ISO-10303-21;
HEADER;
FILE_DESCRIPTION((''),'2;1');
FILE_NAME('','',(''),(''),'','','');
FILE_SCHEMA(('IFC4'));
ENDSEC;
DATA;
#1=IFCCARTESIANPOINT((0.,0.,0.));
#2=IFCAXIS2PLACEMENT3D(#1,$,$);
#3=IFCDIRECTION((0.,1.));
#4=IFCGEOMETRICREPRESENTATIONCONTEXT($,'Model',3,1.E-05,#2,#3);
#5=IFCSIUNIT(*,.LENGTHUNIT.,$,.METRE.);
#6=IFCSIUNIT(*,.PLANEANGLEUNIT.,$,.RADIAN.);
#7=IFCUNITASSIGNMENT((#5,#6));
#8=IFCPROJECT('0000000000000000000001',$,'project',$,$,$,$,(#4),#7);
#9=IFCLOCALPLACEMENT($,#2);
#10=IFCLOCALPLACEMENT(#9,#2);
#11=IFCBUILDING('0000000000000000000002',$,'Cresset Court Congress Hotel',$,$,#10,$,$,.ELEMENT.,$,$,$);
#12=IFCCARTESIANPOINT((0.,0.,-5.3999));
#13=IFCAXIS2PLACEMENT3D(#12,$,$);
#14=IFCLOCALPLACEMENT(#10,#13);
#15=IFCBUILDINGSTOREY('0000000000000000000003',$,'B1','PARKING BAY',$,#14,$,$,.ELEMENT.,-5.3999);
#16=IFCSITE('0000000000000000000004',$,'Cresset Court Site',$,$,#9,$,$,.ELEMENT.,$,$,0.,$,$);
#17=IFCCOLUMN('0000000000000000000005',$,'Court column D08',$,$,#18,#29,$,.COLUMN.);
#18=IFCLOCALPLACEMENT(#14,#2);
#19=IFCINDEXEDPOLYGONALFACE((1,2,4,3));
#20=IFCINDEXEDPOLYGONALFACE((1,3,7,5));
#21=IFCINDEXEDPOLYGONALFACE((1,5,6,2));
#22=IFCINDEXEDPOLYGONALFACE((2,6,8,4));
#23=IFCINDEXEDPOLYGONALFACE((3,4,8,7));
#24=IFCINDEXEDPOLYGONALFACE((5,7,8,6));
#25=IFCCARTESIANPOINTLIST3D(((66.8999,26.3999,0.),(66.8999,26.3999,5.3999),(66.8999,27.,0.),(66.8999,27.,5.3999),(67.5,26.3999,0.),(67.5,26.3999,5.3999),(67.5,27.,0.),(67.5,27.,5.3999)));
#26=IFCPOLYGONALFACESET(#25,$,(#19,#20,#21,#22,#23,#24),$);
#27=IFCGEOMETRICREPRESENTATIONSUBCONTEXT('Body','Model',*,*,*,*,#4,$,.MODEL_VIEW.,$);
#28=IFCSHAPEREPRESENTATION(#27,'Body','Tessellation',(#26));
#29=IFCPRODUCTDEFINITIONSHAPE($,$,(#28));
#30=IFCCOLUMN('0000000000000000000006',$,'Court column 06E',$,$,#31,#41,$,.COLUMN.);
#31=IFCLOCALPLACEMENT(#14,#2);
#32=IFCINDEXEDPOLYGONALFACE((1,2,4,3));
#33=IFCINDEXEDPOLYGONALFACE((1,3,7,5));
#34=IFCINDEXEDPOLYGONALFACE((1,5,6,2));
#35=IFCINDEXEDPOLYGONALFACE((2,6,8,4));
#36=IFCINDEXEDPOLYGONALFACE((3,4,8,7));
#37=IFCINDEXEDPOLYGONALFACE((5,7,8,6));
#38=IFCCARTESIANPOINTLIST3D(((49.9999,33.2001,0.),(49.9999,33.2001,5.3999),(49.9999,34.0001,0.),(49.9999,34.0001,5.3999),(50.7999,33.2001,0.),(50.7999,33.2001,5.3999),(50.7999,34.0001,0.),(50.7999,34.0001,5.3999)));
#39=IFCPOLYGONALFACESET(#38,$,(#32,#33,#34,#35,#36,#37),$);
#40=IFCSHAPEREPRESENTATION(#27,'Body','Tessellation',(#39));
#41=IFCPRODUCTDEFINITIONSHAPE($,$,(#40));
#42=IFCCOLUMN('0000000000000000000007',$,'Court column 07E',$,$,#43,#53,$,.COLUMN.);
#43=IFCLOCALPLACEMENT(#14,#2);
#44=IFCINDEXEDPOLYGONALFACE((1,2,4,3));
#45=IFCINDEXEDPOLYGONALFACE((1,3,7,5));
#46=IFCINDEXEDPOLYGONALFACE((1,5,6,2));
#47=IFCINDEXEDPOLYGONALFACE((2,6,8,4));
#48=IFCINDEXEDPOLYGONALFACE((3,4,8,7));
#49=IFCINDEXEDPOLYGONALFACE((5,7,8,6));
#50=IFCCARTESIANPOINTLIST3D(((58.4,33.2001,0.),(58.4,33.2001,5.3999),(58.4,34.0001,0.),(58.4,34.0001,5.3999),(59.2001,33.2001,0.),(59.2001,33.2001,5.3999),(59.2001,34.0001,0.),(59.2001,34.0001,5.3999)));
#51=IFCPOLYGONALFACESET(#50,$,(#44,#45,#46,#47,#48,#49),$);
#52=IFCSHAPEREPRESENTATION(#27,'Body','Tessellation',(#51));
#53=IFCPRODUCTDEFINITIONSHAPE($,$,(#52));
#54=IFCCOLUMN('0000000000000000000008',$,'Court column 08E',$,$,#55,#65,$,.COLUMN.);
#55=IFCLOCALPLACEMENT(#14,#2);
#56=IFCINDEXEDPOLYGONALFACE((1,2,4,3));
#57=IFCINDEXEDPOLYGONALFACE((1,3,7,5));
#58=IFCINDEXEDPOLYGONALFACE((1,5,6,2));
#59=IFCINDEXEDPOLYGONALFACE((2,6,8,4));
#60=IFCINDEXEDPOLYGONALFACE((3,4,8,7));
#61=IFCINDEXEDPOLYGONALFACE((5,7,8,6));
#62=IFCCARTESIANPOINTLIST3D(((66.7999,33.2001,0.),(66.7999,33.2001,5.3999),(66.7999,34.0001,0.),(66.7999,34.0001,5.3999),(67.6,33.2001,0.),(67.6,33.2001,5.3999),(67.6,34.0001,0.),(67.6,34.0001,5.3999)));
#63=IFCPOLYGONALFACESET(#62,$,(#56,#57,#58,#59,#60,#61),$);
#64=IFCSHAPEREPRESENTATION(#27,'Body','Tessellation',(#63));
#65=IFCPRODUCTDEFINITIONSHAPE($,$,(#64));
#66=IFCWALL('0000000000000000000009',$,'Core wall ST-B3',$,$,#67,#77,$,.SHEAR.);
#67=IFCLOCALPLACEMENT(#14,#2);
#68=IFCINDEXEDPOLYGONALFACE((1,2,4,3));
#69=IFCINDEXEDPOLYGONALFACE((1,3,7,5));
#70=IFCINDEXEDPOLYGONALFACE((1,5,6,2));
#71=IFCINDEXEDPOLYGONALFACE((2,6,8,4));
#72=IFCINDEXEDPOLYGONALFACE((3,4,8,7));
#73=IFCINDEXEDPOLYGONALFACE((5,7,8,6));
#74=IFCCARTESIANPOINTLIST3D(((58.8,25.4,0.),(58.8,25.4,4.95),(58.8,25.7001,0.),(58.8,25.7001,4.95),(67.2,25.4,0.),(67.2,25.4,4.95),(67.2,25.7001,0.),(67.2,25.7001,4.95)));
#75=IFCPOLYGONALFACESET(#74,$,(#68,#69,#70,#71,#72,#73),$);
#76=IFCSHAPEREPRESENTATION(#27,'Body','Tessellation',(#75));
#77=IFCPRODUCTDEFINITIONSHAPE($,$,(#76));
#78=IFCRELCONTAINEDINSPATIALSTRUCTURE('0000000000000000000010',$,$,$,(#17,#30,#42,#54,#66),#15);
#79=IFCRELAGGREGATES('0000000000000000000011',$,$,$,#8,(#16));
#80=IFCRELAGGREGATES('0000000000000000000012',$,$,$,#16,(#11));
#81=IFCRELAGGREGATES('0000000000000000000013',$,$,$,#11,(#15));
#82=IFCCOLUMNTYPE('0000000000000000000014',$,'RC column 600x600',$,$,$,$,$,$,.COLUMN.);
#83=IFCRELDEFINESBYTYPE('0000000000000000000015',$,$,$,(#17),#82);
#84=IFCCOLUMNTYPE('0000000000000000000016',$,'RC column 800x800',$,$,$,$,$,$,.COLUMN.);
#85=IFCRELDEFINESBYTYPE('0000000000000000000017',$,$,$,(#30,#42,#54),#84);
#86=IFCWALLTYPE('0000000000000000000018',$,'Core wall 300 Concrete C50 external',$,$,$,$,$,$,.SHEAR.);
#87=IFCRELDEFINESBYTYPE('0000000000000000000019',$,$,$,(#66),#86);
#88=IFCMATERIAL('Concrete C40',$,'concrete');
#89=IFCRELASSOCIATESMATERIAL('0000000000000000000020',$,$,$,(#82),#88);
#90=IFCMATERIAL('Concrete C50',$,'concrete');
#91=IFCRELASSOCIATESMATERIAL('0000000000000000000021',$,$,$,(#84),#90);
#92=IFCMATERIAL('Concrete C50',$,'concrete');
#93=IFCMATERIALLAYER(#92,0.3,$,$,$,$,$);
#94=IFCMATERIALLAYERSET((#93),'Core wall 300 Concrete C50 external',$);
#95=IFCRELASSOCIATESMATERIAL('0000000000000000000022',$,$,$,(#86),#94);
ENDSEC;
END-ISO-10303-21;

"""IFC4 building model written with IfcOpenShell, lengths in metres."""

from ifc_helpers import new_model, si_unit, direction, frame, frame_2d, origin, origin_2d, place, context, subcontext, project, spatial, rectangle, extrude, material, layer, layer_set, material_profile, profile_set, type_object, element, save


model = new_model("IFC4")

# Units and contexts
model_context = context("Model", 3, precision=1e-05, world=origin(), true_north=direction((0.0, 1.0)))
body_context = subcontext(model_context, "Body", "Model", "MODEL_VIEW")
ifc_project = project(units=[si_unit("LENGTHUNIT", "METRE"), si_unit("PLANEANGLEUNIT", "RADIAN")], contexts=[model_context])

# Site, building, storey
site_placement = place(None, origin())
site = spatial("IfcSite", under=ifc_project, at=site_placement, Name="Cresset Court Site", CompositionType="ELEMENT", RefElevation=0.0)
building_placement = place(site_placement, origin())
building = spatial("IfcBuilding", under=site, at=building_placement, Name="Cresset Court Congress Hotel", CompositionType="ELEMENT")
storey_placement = place(building_placement, frame((0.0, 0.0, -5.3999)))
storey = spatial("IfcBuildingStorey", under=building, at=storey_placement, Name="B1", Description="PARKING BAY", CompositionType="ELEMENT", Elevation=-5.3999)

# Columns
ifc_material_1 = material(Name="Concrete C40", Category="concrete")
ifc_material_profile_1 = material_profile(ifc_material_1, rectangle(XDim=0.6001, YDim=0.6001, at=origin_2d()), Name="RC600x600")
ifc_profile_set_1 = profile_set([ifc_material_profile_1], Name="Concrete C40")
column_type_1 = type_object("IfcColumnType", Name="RC column 600x600", PredefinedType="COLUMN", material=ifc_profile_set_1)
for number, where, z_axis, x_axis, name in (
    (1, (67.2, 26.7, 0.0), (0.0, 0.0, 1.0), (1.0, 0.0, 0.0), "Court column D08"),
):
    element("IfcColumn", number, at=place(storey_placement, frame(where, z_axis=z_axis, x_axis=x_axis)), inside=storey, type_object=column_type_1, Name=name, PredefinedType="COLUMN", context=body_context, shape_type="SweptSolid", body=[
        extrude(rectangle(XDim=0.6001, YDim=0.6001, at=origin_2d()), origin(), (0.0, 0.0, 1.0), 5.3999),
    ])
ifc_material_2 = material(Name="Concrete C50", Category="concrete")
ifc_material_profile_2 = material_profile(ifc_material_2, rectangle(XDim=0.8, YDim=0.8, at=origin_2d()), Name="RC800x800")
ifc_profile_set_2 = profile_set([ifc_material_profile_2], Name="Concrete C50")
column_type_2 = type_object("IfcColumnType", Name="RC column 800x800", PredefinedType="COLUMN", material=ifc_profile_set_2)
for number, where, z_axis, x_axis, name in (
    (2, (50.3999, 33.6001, 0.0), (0.0, 0.0, 1.0), (1.0, 0.0, 0.0), "Court column 06E"),
    (3, (58.8, 33.6001, 0.0), (0.0, 0.0, 1.0), (1.0, 0.0, 0.0), "Court column 07E"),
    (4, (67.2, 33.6001, 0.0), (0.0, 0.0, 1.0), (1.0, 0.0, 0.0), "Court column 08E"),
):
    element("IfcColumn", number, at=place(storey_placement, frame(where, z_axis=z_axis, x_axis=x_axis)), inside=storey, type_object=column_type_2, Name=name, PredefinedType="COLUMN", context=body_context, shape_type="SweptSolid", body=[
        extrude(rectangle(XDim=0.8, YDim=0.8, at=origin_2d()), origin(), (0.0, 0.0, 1.0), 5.3999),
    ])

# Wall
ifc_material_3 = material(Name="Concrete C50", Category="concrete")
ifc_layer = layer(ifc_material_3, 0.3)
ifc_layer_set = layer_set([ifc_layer], Name="Core wall 300 Concrete C50 external")
wall_type = type_object("IfcWallType", Name="Core wall 300 Concrete C50 external", PredefinedType="SHEAR", material=ifc_layer_set)
wall_placement = place(storey_placement, frame((58.8, 25.55, 0.0), z_axis=(0.0, 0.0, 1.0), x_axis=(1.0, 0.0, 0.0)))
element("IfcWall", 5, at=wall_placement, inside=storey, type_object=wall_type, Name="Core wall ST-B3", PredefinedType="SHEAR", context=body_context, shape_type="SweptSolid", body=[
    extrude(rectangle(XDim=8.3999, YDim=0.3, at=frame_2d((4.2, 0.0))), origin(), (0.0, 0.0, 1.0), 4.95),
])

save(model, "model.ifc")
